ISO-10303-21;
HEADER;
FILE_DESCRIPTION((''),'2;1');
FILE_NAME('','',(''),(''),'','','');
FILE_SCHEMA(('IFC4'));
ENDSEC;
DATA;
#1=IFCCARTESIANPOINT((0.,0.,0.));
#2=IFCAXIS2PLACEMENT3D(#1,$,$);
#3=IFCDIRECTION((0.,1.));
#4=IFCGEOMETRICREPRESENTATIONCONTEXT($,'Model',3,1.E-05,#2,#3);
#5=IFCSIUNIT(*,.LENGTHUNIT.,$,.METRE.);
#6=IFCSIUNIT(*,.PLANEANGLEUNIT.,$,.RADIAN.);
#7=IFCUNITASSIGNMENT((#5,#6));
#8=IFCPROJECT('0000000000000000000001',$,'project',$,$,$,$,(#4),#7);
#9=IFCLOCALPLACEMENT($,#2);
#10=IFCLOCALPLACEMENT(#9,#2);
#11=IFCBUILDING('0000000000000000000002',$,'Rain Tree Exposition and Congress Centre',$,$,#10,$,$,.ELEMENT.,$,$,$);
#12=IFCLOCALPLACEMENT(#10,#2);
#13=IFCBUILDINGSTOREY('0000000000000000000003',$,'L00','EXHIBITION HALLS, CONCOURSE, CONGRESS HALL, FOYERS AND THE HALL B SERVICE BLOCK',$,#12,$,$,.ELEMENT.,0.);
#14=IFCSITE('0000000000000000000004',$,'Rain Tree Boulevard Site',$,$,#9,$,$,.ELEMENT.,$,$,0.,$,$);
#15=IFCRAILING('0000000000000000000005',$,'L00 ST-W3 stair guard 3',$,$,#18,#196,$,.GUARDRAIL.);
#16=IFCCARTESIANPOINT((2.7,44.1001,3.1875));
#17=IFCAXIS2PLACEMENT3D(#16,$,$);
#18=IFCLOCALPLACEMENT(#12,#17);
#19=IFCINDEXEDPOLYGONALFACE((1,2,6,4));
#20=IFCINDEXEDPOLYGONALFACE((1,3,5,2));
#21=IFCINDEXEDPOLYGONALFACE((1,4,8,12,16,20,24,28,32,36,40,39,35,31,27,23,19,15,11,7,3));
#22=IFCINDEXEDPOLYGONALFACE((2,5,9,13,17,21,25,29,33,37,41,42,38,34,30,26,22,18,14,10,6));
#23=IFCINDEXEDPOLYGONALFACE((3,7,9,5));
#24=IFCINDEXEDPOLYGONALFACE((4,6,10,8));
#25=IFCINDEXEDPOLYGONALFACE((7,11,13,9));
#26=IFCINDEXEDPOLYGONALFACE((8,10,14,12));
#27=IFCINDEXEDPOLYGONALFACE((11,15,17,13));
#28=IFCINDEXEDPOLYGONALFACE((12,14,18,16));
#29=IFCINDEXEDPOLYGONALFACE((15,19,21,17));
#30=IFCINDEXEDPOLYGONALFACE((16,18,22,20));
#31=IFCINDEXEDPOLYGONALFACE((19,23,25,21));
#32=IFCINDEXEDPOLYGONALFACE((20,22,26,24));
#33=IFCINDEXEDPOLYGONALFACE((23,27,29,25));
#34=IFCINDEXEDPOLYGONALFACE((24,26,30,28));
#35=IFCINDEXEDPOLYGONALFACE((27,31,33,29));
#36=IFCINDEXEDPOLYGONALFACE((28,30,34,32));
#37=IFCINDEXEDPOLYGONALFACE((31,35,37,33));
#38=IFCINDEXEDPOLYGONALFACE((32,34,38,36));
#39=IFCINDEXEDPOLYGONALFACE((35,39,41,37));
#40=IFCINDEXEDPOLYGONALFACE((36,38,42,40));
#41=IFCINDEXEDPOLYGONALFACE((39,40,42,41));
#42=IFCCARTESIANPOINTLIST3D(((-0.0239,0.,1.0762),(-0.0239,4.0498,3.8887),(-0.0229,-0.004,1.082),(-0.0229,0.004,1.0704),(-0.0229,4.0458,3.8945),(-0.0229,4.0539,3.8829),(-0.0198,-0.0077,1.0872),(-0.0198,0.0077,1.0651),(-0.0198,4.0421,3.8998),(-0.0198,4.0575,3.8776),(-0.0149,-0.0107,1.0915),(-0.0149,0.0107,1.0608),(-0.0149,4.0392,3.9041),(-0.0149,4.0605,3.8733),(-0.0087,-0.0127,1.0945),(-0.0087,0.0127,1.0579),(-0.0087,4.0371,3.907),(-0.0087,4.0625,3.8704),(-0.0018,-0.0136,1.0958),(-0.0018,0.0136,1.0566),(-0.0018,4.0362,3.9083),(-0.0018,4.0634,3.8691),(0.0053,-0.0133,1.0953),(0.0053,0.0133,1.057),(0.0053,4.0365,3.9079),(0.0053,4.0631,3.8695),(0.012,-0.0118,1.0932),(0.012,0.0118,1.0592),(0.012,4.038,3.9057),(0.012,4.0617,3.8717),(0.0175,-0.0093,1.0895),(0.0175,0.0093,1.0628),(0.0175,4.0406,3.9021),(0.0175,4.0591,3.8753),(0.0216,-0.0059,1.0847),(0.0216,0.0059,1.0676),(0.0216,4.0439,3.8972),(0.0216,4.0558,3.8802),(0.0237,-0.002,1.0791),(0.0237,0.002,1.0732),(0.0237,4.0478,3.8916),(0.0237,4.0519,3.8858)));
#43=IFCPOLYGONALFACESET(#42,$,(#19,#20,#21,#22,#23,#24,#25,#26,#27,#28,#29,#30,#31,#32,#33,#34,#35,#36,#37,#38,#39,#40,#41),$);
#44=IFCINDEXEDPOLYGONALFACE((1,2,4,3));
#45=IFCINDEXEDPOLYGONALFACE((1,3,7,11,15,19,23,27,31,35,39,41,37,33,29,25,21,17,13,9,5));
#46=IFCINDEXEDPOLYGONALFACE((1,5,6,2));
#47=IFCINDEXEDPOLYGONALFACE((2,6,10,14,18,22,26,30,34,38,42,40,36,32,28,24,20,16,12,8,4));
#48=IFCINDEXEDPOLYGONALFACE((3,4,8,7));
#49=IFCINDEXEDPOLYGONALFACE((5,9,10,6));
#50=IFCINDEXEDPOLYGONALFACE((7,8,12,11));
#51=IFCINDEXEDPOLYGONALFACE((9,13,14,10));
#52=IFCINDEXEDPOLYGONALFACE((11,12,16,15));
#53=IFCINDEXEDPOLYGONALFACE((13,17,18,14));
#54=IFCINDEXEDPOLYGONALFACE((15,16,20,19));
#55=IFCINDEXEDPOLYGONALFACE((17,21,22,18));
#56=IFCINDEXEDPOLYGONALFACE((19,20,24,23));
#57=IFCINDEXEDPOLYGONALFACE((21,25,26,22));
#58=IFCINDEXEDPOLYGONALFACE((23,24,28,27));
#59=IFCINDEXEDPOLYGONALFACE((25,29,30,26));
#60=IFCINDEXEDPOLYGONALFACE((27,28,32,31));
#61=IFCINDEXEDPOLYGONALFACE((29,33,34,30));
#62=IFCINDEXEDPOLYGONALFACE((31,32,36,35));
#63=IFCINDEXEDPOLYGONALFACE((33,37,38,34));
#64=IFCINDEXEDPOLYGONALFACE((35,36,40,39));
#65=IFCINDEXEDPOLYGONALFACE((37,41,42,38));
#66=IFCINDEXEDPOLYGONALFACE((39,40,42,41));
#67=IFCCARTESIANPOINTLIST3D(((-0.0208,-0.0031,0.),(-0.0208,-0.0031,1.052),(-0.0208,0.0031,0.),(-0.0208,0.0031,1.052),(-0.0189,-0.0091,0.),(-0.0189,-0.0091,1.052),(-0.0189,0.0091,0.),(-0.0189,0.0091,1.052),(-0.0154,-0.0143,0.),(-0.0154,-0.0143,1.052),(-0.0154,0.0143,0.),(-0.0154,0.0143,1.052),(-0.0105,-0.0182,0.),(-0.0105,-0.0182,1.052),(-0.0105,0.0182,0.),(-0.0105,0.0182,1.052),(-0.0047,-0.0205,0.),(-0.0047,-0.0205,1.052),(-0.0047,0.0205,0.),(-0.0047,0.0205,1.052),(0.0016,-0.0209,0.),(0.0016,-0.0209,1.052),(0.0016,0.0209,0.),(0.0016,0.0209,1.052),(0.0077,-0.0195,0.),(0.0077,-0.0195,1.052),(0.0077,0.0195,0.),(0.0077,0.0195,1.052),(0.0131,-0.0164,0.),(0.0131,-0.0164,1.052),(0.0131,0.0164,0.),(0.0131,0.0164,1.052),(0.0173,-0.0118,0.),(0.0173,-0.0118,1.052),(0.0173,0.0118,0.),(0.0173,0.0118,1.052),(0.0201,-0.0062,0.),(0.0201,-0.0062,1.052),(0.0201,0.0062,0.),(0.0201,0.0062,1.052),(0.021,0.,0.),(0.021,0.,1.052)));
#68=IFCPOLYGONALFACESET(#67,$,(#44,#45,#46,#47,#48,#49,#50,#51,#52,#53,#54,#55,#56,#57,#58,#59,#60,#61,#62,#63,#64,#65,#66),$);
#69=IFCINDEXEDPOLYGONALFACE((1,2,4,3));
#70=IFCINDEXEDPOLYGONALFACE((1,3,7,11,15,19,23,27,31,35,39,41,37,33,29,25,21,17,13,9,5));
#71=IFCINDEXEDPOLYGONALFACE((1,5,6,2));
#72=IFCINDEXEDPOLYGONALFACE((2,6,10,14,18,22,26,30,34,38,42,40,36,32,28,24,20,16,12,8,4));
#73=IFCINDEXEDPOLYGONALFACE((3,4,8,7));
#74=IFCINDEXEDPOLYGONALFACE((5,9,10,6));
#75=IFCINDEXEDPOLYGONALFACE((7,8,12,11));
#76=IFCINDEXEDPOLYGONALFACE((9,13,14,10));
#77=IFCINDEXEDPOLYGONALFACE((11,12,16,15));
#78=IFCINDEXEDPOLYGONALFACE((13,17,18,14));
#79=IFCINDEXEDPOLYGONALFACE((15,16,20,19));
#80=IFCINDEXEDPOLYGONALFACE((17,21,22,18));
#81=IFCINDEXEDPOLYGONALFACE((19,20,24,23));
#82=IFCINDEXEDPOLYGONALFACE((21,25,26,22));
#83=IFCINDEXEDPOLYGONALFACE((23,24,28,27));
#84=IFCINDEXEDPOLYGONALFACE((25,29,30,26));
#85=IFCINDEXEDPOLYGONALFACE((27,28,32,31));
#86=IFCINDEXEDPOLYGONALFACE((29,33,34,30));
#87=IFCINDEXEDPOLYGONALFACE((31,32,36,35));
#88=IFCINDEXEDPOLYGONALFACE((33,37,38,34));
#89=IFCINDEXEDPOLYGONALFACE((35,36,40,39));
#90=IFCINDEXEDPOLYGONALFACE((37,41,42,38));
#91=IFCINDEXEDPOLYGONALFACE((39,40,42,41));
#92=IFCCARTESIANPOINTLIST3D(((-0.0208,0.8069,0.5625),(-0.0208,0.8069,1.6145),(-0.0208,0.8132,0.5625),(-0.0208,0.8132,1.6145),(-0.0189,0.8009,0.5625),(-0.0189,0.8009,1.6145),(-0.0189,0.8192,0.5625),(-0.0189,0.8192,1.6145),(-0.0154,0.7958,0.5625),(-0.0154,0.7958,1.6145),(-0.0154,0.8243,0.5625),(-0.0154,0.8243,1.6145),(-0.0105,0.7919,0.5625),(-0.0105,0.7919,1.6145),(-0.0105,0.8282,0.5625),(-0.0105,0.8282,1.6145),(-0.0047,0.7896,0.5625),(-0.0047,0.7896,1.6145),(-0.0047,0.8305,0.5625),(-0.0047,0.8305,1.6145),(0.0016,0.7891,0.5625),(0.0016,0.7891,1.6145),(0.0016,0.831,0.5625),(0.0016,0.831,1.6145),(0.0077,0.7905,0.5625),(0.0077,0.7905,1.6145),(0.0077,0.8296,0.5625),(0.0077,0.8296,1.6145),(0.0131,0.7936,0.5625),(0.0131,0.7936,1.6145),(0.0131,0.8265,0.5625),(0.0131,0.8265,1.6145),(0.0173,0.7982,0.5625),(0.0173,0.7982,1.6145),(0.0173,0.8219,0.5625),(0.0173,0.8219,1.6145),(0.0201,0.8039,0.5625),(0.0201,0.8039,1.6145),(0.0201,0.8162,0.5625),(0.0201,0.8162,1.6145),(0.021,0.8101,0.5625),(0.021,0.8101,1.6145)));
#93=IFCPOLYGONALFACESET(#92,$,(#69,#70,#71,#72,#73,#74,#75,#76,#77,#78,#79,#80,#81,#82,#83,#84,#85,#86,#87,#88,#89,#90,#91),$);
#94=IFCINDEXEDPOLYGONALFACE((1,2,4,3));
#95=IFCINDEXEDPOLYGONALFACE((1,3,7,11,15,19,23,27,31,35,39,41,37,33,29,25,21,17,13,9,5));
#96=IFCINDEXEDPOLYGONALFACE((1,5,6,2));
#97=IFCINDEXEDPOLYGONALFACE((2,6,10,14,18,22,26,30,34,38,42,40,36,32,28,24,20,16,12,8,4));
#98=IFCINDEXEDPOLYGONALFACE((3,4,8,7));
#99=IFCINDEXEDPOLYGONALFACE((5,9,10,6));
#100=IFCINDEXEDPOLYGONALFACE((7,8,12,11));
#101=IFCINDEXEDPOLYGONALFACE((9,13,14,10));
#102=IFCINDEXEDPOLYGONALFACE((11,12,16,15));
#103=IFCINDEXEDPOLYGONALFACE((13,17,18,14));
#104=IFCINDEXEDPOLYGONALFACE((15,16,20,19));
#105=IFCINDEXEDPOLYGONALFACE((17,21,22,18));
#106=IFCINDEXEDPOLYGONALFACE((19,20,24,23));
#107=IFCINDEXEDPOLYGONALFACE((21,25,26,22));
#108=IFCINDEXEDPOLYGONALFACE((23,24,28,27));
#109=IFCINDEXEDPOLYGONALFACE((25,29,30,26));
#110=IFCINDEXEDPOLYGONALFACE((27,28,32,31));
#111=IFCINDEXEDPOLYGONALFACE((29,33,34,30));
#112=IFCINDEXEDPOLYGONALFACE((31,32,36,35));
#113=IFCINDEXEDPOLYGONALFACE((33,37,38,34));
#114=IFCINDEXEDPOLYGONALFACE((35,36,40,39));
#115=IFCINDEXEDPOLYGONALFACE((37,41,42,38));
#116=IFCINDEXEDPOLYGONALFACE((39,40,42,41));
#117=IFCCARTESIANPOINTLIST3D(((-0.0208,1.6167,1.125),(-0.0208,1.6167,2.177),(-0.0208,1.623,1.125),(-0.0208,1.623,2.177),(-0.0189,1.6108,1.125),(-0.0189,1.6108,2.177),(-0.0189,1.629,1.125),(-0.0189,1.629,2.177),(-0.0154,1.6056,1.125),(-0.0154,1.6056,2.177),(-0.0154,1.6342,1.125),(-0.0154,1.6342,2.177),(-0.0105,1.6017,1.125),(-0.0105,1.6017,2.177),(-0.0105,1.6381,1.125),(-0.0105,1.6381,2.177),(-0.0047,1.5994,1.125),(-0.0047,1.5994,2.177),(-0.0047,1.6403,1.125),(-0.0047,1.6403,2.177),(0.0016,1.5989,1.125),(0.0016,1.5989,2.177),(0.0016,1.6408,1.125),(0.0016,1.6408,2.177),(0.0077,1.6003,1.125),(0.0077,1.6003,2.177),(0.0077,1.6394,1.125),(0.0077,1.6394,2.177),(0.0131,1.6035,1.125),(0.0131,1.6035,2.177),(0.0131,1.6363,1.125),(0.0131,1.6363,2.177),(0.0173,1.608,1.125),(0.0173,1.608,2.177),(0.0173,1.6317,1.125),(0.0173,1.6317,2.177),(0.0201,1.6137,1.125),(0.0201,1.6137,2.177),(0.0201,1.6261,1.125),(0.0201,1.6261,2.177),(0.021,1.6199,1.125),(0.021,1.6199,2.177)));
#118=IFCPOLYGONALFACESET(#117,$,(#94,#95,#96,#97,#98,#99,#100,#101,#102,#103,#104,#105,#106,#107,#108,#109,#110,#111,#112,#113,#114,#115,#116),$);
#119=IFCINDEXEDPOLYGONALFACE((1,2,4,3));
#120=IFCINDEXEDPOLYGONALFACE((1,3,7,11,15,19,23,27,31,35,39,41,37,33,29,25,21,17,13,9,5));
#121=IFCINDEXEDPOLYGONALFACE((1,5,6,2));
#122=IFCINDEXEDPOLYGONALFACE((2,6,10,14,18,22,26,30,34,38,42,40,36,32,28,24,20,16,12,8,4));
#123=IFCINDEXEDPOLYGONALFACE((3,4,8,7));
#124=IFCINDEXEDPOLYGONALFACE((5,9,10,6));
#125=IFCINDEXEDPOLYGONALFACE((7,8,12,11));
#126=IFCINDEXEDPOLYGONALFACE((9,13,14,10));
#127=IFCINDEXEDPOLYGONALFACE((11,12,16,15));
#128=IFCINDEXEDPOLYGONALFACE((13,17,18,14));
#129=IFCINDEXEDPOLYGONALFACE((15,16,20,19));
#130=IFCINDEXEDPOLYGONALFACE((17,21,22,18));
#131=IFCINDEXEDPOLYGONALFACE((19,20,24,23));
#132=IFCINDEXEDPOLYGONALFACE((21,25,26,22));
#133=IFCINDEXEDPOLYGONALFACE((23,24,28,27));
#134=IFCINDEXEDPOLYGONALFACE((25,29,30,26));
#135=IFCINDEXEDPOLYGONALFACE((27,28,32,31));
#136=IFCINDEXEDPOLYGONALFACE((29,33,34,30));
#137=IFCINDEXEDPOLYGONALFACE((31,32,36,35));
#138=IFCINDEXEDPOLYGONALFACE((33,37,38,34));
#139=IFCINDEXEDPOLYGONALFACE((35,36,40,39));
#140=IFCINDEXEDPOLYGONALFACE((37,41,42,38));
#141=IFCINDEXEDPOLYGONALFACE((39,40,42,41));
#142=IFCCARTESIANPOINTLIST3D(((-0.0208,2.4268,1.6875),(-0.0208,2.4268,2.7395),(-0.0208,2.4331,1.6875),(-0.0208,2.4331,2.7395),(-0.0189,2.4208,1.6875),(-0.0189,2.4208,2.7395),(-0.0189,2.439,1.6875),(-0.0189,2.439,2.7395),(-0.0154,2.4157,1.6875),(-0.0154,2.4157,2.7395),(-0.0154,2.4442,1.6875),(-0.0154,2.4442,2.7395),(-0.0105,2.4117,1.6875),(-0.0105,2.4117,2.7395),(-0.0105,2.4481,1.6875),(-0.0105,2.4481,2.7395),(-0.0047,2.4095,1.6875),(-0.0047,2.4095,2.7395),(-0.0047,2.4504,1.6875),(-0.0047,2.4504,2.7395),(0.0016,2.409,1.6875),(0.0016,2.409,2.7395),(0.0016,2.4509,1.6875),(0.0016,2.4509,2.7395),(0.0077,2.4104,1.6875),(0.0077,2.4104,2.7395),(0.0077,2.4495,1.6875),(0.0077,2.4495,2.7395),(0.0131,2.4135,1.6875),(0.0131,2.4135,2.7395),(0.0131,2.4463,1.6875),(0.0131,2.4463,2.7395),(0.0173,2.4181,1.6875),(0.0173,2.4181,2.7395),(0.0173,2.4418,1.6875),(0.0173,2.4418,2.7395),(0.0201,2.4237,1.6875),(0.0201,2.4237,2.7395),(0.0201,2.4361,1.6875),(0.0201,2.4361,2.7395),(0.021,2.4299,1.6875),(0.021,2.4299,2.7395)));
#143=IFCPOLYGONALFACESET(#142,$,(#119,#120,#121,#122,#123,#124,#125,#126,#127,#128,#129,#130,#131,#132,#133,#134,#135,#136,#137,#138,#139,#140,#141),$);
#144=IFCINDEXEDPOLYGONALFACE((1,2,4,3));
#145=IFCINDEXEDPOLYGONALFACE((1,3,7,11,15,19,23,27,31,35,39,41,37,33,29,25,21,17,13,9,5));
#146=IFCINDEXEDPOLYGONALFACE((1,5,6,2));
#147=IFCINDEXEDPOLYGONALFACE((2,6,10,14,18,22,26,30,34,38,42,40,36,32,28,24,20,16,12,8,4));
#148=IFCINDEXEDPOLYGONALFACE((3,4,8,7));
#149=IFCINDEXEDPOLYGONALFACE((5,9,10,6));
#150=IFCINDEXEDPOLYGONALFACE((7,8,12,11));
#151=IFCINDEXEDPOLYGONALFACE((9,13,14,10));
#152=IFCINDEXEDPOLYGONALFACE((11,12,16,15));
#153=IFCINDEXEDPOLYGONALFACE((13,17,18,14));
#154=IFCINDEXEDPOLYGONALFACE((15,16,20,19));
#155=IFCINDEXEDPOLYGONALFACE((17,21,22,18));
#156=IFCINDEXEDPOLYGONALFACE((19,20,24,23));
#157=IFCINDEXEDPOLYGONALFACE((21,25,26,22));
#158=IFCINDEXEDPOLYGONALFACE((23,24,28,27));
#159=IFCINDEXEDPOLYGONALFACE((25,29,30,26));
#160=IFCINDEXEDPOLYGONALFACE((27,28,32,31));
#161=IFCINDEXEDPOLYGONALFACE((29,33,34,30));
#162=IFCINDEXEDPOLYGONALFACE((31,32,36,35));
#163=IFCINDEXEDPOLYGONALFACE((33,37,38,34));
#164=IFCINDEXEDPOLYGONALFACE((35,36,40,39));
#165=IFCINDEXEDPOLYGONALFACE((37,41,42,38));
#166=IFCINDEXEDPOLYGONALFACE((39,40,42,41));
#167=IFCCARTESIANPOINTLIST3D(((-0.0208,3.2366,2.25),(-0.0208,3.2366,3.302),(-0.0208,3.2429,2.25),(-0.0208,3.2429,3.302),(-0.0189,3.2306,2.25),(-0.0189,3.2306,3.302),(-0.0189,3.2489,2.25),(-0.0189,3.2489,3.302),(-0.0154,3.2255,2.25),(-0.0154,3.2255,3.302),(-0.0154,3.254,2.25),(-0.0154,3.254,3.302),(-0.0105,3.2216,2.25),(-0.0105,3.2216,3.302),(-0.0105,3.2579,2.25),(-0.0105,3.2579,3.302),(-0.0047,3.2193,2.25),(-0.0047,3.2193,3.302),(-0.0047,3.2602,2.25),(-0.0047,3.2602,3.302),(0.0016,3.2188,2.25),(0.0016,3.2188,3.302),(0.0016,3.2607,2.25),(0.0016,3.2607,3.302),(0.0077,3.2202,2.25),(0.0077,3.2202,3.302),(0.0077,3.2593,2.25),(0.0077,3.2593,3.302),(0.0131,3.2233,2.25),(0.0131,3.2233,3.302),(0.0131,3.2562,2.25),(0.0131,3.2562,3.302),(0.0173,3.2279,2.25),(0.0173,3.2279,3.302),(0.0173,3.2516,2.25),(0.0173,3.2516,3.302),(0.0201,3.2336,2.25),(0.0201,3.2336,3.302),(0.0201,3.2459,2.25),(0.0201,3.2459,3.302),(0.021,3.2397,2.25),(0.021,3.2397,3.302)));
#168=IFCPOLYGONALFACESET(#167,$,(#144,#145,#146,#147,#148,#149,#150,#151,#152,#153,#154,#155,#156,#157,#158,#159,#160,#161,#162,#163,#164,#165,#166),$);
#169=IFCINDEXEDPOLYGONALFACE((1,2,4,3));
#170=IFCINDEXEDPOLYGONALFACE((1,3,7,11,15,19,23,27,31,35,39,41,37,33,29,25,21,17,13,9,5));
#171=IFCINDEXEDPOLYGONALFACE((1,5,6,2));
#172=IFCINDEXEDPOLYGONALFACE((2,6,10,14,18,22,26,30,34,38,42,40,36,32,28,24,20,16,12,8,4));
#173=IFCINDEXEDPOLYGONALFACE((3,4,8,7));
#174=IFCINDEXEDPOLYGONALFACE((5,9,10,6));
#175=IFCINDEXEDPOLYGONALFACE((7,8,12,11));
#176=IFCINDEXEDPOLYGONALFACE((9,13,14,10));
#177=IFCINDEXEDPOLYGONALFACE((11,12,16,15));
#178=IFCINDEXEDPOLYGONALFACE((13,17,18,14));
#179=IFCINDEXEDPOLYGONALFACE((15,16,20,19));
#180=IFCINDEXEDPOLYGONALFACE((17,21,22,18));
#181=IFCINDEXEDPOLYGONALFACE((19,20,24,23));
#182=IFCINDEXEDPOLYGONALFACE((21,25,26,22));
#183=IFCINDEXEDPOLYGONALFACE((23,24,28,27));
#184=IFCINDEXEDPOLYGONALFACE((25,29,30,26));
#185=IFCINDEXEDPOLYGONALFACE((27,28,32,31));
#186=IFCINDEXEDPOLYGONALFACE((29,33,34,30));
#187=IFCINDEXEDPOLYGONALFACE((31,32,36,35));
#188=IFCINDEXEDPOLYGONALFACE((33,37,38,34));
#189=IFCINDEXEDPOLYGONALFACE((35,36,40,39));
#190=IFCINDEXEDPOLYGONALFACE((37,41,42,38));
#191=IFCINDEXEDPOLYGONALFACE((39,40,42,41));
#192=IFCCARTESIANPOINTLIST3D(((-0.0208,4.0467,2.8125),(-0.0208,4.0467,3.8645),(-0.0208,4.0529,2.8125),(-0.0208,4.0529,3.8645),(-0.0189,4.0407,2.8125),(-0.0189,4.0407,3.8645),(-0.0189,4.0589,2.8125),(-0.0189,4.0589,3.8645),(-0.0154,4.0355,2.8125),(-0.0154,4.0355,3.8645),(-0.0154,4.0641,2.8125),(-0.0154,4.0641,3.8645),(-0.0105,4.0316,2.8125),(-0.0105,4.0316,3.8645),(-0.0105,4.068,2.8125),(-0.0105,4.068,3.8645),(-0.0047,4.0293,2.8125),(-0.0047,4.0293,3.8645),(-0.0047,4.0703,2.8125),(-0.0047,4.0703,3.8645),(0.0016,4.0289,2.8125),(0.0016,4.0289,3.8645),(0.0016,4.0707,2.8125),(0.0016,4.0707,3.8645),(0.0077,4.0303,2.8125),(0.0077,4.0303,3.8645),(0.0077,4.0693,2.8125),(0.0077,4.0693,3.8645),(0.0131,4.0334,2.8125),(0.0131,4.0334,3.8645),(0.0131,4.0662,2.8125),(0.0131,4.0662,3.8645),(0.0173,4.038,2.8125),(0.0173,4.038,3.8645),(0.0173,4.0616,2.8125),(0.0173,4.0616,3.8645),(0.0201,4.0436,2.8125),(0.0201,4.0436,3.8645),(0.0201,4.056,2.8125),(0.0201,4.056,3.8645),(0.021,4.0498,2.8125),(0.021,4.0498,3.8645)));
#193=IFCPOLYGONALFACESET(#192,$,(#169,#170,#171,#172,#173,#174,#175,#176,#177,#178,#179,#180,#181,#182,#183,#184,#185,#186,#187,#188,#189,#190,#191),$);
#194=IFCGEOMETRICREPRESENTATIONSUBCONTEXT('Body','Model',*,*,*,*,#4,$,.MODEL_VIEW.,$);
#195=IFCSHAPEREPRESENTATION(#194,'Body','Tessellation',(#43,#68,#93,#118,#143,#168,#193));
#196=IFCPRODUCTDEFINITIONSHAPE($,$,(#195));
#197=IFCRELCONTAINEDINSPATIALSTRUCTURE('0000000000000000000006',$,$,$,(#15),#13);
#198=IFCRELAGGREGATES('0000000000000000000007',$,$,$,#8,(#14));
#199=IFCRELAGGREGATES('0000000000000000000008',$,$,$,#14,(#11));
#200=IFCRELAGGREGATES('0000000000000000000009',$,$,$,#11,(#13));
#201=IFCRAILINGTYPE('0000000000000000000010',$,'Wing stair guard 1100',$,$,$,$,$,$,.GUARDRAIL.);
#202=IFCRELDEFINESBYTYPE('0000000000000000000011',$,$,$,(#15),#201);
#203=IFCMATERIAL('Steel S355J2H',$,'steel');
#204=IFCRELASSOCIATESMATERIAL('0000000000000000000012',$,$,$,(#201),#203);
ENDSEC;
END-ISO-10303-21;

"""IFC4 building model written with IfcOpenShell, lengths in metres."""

from ifc_helpers import new_model, si_unit, direction, frame, origin, origin_2d, place, context, subcontext, project, spatial, circle, extrude, material, type_object, element, save


model = new_model("IFC4")

# Units and contexts
model_context = context("Model", 3, precision=1e-05, world=origin(), true_north=direction((0.0, 1.0)))
body_context = subcontext(model_context, "Body", "Model", "MODEL_VIEW")
ifc_project = project(units=[si_unit("LENGTHUNIT", "METRE"), si_unit("PLANEANGLEUNIT", "RADIAN")], contexts=[model_context])

# Site, building, storey
site_placement = place(None, origin())
site = spatial("IfcSite", under=ifc_project, at=site_placement, Name="Rain Tree Boulevard Site", CompositionType="ELEMENT", RefElevation=0.0)
building_placement = place(site_placement, origin())
building = spatial("IfcBuilding", under=site, at=building_placement, Name="Rain Tree Exposition and Congress Centre", CompositionType="ELEMENT")
storey_placement = place(building_placement, origin())
storey = spatial("IfcBuildingStorey", under=building, at=storey_placement, Name="L00", Description="EXHIBITION HALLS, CONCOURSE, CONGRESS HALL, FOYERS AND THE HALL B SERVICE BLOCK", CompositionType="ELEMENT", Elevation=0.0)

# Railing
ifc_material_1 = material(Name="Steel S355J2H", Category="steel")
railing_type_1 = type_object("IfcRailingType", Name="Wing stair guard 1100", PredefinedType="GUARDRAIL", material=ifc_material_1)
railing_1_placement = place(storey_placement, frame((2.7, 44.1001, 3.1875)))
element("IfcRailing", 1, at=railing_1_placement, inside=storey, type_object=railing_type_1, Name="L00 ST-W3 stair guard 3", PredefinedType="GUARDRAIL", context=body_context, shape_type="SweptSolid", body=[
    extrude(circle(Radius=0.0239, at=origin_2d()), frame((0.0, 0.0, 1.0762), z_axis=(0.0, 0.821357, 0.570414), x_axis=(-1.0, 0.0, 0.0)), (0.0, 0.0, 1.0), 4.9307),
    extrude(circle(Radius=0.021, at=origin_2d()), origin(), (0.0, 0.0, 1.0), 1.052),
    extrude(circle(Radius=0.021, at=origin_2d()), frame((0.0, 0.8101, 0.5625)), (0.0, 0.0, 1.0), 1.052),
    extrude(circle(Radius=0.021, at=origin_2d()), frame((0.0, 1.6199, 1.125)), (0.0, 0.0, 1.0), 1.052),
    extrude(circle(Radius=0.021, at=origin_2d()), frame((0.0, 2.4299, 1.6875)), (0.0, 0.0, 1.0), 1.052),
    extrude(circle(Radius=0.021, at=origin_2d()), frame((0.0, 3.2397, 2.25)), (0.0, 0.0, 1.0), 1.052),
    extrude(circle(Radius=0.021, at=origin_2d()), frame((0.0, 4.0498, 2.8125)), (0.0, 0.0, 1.0), 1.052),
])

save(model, "model.ifc")
